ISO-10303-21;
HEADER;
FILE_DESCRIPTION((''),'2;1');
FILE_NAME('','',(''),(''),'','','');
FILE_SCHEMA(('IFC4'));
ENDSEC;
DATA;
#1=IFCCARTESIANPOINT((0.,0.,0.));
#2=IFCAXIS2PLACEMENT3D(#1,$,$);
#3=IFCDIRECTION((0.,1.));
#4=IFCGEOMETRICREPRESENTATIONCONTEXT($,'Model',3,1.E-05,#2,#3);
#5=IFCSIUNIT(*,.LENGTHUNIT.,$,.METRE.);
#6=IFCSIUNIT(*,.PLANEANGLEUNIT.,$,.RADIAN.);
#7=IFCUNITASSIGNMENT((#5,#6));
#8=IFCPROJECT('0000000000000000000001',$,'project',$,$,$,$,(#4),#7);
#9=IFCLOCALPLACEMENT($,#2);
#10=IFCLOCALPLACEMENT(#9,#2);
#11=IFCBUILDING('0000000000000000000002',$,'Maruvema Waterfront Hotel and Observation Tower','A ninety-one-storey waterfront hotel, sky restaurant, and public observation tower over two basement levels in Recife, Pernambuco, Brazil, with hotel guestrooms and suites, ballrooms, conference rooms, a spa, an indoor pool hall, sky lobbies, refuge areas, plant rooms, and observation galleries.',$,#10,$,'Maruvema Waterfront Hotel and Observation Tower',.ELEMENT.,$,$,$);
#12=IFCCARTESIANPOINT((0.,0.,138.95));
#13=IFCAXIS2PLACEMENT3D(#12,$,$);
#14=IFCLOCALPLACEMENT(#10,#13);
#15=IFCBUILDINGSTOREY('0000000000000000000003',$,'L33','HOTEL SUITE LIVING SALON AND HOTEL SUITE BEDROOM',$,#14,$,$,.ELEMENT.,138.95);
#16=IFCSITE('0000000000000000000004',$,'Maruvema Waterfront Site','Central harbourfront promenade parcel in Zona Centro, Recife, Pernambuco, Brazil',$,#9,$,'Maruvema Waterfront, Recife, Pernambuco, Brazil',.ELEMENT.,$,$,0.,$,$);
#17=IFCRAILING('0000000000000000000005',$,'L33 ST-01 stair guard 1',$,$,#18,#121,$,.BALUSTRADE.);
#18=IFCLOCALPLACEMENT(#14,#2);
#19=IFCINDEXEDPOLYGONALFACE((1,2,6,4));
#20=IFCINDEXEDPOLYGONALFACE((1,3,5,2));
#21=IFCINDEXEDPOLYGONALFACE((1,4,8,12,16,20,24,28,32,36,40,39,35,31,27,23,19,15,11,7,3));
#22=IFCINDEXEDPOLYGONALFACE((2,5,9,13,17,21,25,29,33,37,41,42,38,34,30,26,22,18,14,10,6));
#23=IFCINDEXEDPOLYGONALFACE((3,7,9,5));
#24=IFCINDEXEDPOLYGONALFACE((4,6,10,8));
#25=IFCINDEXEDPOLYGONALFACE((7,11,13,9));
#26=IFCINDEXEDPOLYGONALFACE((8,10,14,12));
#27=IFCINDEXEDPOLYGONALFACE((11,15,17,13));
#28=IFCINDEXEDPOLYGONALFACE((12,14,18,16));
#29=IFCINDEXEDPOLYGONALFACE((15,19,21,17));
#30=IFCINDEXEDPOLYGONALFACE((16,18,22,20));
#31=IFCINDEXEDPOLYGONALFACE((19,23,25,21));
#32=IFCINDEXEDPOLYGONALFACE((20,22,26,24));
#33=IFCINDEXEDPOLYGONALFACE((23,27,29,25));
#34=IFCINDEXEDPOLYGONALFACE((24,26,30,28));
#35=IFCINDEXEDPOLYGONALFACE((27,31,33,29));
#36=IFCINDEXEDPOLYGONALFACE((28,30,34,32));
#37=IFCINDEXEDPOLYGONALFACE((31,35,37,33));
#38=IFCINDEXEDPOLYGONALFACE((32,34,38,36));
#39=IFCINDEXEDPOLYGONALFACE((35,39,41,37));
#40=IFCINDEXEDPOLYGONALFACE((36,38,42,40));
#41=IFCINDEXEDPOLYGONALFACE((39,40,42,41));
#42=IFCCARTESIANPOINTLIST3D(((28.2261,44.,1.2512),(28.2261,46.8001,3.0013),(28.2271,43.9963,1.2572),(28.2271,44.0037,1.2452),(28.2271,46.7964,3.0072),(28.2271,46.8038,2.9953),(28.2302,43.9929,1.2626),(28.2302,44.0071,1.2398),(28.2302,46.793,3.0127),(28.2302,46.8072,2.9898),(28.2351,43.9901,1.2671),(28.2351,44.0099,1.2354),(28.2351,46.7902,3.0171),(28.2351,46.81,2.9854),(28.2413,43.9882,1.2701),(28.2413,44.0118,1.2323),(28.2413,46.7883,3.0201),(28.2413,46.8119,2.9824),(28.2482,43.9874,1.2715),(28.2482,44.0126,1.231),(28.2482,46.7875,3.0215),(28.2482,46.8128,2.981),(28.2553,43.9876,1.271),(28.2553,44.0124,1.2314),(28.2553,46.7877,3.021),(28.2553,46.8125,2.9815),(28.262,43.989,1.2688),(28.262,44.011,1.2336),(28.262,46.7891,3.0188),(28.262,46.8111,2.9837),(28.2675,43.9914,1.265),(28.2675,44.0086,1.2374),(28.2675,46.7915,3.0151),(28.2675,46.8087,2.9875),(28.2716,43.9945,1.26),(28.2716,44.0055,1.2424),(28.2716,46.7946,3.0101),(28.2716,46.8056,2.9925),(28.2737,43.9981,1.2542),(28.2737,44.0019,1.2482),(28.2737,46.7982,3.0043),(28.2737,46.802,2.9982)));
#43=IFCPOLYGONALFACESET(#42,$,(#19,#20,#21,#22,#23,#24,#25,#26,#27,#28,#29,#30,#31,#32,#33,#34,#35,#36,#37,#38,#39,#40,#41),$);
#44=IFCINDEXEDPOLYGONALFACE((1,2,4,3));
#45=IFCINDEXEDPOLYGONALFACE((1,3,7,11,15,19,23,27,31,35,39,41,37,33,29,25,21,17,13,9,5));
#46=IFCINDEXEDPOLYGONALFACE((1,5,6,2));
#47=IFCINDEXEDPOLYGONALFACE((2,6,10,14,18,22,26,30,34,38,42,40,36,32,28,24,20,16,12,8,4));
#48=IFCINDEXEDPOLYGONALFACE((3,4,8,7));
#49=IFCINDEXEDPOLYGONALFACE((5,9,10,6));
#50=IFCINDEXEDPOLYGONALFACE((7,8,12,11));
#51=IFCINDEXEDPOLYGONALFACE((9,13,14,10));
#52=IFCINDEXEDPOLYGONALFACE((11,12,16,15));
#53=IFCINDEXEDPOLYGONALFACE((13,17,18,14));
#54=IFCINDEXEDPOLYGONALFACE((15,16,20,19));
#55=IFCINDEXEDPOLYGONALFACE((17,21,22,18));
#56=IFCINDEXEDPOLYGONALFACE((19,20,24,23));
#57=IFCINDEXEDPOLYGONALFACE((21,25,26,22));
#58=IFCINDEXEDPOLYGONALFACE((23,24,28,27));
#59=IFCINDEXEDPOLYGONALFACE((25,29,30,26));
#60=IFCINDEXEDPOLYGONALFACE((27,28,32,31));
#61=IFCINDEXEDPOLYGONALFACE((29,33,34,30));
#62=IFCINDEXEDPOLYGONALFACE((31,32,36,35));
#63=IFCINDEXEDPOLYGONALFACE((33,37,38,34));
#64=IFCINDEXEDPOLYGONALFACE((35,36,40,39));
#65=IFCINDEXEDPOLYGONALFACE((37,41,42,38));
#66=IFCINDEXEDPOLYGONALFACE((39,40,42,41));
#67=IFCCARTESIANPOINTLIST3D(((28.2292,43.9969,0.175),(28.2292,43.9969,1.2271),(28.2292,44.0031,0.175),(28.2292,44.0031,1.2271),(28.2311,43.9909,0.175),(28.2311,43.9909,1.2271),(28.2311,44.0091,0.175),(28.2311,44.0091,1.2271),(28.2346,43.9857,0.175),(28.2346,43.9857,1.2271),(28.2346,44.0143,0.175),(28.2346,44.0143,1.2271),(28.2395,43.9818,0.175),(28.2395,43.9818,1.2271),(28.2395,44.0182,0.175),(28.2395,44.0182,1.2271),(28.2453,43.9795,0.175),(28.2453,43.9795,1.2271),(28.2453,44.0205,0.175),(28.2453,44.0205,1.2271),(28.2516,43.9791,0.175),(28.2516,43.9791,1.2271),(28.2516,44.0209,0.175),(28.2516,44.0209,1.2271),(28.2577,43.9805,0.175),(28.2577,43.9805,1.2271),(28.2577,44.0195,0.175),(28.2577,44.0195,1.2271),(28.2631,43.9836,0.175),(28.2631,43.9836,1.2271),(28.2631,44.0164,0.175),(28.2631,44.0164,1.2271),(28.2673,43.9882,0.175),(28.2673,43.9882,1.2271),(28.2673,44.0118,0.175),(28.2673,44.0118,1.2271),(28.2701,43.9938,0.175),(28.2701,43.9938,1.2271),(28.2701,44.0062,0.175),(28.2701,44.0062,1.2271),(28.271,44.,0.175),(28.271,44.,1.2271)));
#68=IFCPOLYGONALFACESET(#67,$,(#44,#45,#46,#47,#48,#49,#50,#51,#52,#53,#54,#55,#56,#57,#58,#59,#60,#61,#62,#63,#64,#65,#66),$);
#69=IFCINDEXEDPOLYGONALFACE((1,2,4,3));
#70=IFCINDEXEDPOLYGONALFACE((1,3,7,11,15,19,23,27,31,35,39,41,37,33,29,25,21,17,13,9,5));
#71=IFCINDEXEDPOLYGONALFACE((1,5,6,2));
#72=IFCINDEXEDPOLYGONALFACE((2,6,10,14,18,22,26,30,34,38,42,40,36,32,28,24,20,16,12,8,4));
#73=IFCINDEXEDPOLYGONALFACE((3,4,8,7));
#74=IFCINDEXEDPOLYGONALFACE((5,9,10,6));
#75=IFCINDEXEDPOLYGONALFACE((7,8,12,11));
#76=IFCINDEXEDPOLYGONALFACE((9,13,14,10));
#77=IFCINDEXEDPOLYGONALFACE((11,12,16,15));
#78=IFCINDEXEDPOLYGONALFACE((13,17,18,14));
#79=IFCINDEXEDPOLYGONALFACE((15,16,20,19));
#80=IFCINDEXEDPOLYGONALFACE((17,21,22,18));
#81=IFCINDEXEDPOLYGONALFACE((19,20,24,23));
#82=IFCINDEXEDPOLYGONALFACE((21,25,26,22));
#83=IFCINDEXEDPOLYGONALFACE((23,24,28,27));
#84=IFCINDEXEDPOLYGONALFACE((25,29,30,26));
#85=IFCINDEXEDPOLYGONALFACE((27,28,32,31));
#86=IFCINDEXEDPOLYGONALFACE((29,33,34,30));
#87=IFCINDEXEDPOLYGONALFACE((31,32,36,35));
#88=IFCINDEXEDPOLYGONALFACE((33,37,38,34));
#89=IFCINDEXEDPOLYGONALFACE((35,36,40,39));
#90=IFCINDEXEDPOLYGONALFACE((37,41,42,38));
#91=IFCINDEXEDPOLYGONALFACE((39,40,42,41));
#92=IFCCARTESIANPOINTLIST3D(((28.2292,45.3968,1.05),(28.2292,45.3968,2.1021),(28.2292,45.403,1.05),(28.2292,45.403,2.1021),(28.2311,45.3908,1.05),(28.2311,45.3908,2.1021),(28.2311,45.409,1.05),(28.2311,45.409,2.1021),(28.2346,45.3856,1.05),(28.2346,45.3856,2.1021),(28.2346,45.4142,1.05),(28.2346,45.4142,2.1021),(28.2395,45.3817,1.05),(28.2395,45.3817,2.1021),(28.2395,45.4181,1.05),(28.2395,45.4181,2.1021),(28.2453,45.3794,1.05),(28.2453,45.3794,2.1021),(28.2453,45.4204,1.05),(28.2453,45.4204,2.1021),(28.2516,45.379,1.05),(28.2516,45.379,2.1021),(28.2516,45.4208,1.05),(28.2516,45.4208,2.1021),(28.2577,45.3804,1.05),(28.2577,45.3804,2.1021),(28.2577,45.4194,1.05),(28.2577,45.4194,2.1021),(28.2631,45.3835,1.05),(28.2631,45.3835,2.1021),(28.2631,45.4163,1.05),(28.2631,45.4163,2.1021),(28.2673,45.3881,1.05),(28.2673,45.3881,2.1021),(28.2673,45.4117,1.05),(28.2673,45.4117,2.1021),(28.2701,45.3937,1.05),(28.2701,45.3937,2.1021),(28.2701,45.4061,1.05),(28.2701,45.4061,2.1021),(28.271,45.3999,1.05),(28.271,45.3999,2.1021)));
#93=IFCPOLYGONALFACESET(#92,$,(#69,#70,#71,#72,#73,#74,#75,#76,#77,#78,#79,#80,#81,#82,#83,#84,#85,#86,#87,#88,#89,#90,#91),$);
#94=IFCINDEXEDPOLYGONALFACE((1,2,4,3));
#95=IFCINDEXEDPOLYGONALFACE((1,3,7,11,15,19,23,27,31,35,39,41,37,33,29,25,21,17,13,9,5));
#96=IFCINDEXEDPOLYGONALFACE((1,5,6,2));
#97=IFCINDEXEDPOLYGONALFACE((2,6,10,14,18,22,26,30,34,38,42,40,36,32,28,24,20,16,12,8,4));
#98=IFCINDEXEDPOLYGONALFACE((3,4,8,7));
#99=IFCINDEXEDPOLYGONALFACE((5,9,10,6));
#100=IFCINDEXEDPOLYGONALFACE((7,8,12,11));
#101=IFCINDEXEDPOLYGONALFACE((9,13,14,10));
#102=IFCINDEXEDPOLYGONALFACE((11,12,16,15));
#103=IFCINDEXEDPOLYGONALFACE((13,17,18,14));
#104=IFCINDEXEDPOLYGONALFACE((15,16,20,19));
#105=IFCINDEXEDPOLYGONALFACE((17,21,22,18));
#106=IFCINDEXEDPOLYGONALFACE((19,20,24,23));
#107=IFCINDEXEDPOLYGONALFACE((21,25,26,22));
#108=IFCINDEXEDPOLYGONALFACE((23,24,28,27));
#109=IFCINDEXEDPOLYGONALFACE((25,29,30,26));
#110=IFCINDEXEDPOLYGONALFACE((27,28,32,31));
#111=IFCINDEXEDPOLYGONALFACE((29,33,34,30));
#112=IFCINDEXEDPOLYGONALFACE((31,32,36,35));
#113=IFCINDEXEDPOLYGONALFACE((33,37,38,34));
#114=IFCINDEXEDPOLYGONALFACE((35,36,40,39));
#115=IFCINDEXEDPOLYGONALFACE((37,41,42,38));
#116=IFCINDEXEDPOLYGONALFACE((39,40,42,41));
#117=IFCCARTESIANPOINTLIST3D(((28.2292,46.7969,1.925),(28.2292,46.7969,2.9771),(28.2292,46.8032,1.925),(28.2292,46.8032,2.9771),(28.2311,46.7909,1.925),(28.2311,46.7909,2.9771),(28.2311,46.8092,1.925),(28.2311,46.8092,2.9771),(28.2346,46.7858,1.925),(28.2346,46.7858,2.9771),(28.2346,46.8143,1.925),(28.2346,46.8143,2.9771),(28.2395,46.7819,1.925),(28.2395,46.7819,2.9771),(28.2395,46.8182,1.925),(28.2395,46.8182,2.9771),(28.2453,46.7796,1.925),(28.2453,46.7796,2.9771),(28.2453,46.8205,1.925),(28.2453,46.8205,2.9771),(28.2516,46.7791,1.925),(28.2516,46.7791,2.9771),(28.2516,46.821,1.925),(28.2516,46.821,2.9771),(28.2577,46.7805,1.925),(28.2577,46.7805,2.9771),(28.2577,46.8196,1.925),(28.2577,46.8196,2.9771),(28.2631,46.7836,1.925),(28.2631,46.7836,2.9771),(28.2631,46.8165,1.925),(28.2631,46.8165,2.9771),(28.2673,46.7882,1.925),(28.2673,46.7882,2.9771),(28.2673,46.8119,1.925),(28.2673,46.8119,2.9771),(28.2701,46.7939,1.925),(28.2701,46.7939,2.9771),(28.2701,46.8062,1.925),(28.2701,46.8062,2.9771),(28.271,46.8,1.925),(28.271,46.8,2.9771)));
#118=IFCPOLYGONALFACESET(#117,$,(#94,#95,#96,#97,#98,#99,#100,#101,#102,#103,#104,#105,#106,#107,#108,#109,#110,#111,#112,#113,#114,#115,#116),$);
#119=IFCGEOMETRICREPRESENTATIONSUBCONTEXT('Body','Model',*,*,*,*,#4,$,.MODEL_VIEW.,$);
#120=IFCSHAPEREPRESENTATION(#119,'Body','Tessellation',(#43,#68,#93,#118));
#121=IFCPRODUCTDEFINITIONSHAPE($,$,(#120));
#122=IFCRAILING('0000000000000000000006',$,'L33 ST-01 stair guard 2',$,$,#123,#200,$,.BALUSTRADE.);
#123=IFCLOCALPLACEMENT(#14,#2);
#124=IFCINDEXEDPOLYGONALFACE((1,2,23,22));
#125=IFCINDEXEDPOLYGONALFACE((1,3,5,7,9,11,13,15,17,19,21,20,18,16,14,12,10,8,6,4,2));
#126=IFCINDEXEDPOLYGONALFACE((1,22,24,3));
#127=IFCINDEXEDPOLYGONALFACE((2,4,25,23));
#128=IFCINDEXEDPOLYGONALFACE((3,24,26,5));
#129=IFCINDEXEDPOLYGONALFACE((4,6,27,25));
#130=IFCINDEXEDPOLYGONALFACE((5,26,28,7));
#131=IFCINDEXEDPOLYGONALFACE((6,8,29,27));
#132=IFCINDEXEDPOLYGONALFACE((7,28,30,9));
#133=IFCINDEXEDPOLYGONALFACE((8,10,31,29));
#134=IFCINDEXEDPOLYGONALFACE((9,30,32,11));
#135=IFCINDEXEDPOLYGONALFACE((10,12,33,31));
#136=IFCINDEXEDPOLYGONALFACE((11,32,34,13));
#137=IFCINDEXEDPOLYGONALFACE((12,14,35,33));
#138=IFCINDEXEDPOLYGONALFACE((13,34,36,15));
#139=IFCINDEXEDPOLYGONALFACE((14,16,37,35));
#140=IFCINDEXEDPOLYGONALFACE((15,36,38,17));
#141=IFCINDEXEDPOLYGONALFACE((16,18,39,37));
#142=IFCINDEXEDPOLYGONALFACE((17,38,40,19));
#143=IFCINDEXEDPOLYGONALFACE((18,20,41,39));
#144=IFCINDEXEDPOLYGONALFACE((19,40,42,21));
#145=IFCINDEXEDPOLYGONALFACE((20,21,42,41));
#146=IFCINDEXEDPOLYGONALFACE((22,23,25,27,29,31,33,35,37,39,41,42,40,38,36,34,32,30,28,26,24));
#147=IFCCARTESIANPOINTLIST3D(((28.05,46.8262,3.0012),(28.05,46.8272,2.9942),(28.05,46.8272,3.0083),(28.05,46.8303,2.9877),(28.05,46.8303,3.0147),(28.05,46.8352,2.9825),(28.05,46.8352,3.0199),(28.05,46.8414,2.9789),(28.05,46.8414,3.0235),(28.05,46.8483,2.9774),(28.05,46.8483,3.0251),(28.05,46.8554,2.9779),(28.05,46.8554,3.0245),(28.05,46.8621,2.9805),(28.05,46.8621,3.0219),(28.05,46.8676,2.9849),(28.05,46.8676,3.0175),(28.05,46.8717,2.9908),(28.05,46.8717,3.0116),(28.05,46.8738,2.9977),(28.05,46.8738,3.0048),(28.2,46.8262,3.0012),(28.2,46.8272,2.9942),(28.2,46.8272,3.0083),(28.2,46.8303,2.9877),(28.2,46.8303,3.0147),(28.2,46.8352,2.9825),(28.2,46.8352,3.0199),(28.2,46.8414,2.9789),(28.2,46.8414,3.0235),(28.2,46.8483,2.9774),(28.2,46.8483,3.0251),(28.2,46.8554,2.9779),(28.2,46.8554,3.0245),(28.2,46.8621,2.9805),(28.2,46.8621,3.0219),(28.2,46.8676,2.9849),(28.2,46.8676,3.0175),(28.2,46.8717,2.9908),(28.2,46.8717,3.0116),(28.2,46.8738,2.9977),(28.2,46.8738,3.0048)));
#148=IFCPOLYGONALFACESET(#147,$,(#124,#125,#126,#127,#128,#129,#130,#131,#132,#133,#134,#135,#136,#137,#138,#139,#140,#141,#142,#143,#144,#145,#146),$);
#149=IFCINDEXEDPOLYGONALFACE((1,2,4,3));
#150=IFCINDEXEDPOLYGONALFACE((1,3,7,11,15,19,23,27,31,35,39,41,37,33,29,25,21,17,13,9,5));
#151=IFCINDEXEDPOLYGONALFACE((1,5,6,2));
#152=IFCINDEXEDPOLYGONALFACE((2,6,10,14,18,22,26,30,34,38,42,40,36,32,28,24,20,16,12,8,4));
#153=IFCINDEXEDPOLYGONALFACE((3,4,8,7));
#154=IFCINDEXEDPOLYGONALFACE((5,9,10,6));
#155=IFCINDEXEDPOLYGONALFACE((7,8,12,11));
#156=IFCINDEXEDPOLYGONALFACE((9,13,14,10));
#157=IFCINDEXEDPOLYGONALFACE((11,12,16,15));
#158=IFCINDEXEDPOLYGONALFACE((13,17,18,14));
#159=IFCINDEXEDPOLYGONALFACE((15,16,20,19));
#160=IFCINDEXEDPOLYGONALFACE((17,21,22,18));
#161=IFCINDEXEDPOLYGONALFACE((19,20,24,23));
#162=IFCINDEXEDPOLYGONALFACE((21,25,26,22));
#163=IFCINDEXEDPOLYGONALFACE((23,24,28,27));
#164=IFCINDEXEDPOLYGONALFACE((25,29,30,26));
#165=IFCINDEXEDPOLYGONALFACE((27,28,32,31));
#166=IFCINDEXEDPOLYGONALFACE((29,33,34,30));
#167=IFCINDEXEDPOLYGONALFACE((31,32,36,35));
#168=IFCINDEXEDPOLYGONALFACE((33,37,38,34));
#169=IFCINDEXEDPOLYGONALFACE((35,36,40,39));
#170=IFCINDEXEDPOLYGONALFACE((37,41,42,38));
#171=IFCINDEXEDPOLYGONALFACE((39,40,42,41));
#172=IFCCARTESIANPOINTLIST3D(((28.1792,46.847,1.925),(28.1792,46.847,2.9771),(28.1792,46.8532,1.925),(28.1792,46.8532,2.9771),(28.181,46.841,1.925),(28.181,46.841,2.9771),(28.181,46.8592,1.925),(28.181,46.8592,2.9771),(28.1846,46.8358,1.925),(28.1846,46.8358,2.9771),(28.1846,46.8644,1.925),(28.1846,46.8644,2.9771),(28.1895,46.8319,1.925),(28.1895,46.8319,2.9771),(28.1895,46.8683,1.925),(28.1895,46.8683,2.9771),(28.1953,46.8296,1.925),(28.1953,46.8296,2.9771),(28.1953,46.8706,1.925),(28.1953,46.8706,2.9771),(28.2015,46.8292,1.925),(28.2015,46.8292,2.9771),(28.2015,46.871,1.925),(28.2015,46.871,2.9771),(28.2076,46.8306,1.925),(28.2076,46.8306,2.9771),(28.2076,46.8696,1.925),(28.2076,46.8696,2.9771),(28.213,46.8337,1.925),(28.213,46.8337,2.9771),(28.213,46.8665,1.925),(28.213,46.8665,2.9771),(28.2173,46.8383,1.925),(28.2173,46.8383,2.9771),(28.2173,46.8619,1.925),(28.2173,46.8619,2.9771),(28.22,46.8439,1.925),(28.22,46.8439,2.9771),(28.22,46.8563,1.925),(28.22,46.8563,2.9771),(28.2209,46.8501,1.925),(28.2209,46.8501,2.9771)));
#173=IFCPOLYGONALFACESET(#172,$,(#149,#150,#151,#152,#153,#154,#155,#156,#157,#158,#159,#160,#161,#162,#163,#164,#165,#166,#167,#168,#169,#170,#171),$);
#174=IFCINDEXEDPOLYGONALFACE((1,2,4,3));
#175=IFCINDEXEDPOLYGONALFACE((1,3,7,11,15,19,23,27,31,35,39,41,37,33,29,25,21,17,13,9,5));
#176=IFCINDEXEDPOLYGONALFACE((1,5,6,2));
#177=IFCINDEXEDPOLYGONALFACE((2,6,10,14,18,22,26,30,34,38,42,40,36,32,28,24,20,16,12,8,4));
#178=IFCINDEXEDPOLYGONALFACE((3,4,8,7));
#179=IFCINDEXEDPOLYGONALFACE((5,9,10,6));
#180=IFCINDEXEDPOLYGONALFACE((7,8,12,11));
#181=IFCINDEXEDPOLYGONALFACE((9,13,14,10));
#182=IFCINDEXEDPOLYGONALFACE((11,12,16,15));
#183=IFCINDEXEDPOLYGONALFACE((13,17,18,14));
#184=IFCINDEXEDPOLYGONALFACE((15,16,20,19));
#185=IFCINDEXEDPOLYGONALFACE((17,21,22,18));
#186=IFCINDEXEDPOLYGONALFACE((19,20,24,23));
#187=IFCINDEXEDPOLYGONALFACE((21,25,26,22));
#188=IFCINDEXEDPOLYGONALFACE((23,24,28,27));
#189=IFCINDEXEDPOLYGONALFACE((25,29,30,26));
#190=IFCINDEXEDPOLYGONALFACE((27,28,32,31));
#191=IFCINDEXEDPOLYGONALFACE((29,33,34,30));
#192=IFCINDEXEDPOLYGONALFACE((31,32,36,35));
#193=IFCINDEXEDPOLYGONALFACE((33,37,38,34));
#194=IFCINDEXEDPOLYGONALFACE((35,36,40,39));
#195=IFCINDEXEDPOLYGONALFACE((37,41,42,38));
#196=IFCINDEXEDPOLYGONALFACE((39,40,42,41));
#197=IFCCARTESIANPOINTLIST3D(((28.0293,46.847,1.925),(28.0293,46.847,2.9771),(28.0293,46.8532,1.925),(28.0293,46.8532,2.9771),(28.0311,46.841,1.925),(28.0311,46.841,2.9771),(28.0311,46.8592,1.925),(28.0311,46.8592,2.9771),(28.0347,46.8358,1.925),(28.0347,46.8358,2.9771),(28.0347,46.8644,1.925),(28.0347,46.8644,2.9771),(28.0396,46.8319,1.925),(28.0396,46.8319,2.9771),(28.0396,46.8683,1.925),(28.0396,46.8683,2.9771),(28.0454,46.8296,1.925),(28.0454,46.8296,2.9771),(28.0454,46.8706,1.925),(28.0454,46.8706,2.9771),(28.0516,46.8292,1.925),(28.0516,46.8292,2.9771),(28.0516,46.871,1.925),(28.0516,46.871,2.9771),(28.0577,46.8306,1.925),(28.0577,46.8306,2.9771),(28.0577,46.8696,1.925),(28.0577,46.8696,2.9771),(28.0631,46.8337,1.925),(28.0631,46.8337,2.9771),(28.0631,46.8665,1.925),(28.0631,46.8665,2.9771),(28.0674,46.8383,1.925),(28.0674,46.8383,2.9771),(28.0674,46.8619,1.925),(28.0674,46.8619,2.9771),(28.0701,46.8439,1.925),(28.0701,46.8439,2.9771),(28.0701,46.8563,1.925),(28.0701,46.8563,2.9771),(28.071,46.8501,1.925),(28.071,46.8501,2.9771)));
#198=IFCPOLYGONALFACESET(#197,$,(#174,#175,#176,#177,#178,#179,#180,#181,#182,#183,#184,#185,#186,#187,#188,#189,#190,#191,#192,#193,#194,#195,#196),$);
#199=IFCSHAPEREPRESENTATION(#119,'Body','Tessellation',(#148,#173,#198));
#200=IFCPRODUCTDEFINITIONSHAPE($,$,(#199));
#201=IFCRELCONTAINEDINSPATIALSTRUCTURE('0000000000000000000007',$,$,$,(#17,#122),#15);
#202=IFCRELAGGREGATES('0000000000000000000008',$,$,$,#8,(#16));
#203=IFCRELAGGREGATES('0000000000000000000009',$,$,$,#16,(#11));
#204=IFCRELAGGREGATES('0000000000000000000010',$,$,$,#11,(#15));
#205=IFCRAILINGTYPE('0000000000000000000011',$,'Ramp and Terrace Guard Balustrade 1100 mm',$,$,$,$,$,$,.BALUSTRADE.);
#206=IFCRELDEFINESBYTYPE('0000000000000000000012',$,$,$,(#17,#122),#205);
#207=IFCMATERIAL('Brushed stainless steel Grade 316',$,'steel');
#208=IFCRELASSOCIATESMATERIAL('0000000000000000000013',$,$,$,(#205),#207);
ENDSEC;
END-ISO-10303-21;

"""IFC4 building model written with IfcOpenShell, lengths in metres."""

from ifc_helpers import new_model, si_unit, direction, frame, origin, origin_2d, place, context, subcontext, project, spatial, circle, extrude, material, type_object, element, save


model = new_model("IFC4")

# Units and contexts
model_context = context("Model", 3, precision=1e-05, world=origin(), true_north=direction((0.0, 1.0)))
body_context = subcontext(model_context, "Body", "Model", "MODEL_VIEW")
ifc_project = project(units=[si_unit("LENGTHUNIT", "METRE"), si_unit("PLANEANGLEUNIT", "RADIAN")], contexts=[model_context])

# Site, building, storey
site_placement = place(None, origin())
site = spatial("IfcSite", under=ifc_project, at=site_placement, Name="Maruvema Waterfront Site", Description="Central harbourfront promenade parcel in Zona Centro, Recife, Pernambuco, Brazil", LongName="Maruvema Waterfront, Recife, Pernambuco, Brazil", CompositionType="ELEMENT", RefElevation=0.0)
building_placement = place(site_placement, origin())
building = spatial("IfcBuilding", under=site, at=building_placement, Name="Maruvema Waterfront Hotel and Observation Tower", Description="A ninety-one-storey waterfront hotel, sky restaurant, and public observation tower over two basement levels in Recife, Pernambuco, Brazil, with hotel guestrooms and suites, ballrooms, conference rooms, a spa, an indoor pool hall, sky lobbies, refuge areas, plant rooms, and observation galleries.", LongName="Maruvema Waterfront Hotel and Observation Tower", CompositionType="ELEMENT")
storey_placement = place(building_placement, frame((0.0, 0.0, 138.95)))
storey = spatial("IfcBuildingStorey", under=building, at=storey_placement, Name="L33", Description="HOTEL SUITE LIVING SALON AND HOTEL SUITE BEDROOM", CompositionType="ELEMENT", Elevation=138.95)

# Railings
ifc_material_1 = material(Name="Brushed stainless steel Grade 316", Category="steel")
railing_type_1 = type_object("IfcRailingType", Name="Ramp and Terrace Guard Balustrade 1100 mm", PredefinedType="BALUSTRADE", material=ifc_material_1)
railing_1_placement = place(storey_placement, frame((28.25, 44.0, 0.175)))
element("IfcRailing", 1, at=railing_1_placement, inside=storey, type_object=railing_type_1, Name="L33 ST-01 stair guard 1", PredefinedType="BALUSTRADE", context=body_context, shape_type="SweptSolid", body=[
    extrude(circle(Radius=0.0239, at=origin_2d()), frame((0.0, 0.0, 1.0762), z_axis=(0.0, 0.848002, 0.529992), x_axis=(-1.0, 0.0, 0.0)), (0.0, 0.0, 1.0), 3.302),
    extrude(circle(Radius=0.021, at=origin_2d()), origin(), (0.0, 0.0, 1.0), 1.052),
    extrude(circle(Radius=0.021, at=origin_2d()), frame((0.0, 1.3999, 0.875)), (0.0, 0.0, 1.0), 1.052),
    extrude(circle(Radius=0.021, at=origin_2d()), frame((0.0, 2.8, 1.75)), (0.0, 0.0, 1.0), 1.052),
])
railing_2_placement = place(storey_placement, frame((28.2, 46.8501, 1.925)))
element("IfcRailing", 2, at=railing_2_placement, inside=storey, type_object=railing_type_1, Name="L33 ST-01 stair guard 2", PredefinedType="BALUSTRADE", context=body_context, shape_type="SweptSolid", body=[
    extrude(circle(Radius=0.0239, at=origin_2d()), frame((0.0, 0.0, 1.0762), z_axis=(-1.0, 0.0, 0.0), x_axis=(0.0, -1.0, 0.0)), (0.0, 0.0, 1.0), 0.1499),
    extrude(circle(Radius=0.021, at=origin_2d()), origin(), (0.0, 0.0, 1.0), 1.052),
    extrude(circle(Radius=0.021, at=origin_2d()), frame((-0.1499, 0.0, 0.0)), (0.0, 0.0, 1.0), 1.052),
])

save(model, "model.ifc")
